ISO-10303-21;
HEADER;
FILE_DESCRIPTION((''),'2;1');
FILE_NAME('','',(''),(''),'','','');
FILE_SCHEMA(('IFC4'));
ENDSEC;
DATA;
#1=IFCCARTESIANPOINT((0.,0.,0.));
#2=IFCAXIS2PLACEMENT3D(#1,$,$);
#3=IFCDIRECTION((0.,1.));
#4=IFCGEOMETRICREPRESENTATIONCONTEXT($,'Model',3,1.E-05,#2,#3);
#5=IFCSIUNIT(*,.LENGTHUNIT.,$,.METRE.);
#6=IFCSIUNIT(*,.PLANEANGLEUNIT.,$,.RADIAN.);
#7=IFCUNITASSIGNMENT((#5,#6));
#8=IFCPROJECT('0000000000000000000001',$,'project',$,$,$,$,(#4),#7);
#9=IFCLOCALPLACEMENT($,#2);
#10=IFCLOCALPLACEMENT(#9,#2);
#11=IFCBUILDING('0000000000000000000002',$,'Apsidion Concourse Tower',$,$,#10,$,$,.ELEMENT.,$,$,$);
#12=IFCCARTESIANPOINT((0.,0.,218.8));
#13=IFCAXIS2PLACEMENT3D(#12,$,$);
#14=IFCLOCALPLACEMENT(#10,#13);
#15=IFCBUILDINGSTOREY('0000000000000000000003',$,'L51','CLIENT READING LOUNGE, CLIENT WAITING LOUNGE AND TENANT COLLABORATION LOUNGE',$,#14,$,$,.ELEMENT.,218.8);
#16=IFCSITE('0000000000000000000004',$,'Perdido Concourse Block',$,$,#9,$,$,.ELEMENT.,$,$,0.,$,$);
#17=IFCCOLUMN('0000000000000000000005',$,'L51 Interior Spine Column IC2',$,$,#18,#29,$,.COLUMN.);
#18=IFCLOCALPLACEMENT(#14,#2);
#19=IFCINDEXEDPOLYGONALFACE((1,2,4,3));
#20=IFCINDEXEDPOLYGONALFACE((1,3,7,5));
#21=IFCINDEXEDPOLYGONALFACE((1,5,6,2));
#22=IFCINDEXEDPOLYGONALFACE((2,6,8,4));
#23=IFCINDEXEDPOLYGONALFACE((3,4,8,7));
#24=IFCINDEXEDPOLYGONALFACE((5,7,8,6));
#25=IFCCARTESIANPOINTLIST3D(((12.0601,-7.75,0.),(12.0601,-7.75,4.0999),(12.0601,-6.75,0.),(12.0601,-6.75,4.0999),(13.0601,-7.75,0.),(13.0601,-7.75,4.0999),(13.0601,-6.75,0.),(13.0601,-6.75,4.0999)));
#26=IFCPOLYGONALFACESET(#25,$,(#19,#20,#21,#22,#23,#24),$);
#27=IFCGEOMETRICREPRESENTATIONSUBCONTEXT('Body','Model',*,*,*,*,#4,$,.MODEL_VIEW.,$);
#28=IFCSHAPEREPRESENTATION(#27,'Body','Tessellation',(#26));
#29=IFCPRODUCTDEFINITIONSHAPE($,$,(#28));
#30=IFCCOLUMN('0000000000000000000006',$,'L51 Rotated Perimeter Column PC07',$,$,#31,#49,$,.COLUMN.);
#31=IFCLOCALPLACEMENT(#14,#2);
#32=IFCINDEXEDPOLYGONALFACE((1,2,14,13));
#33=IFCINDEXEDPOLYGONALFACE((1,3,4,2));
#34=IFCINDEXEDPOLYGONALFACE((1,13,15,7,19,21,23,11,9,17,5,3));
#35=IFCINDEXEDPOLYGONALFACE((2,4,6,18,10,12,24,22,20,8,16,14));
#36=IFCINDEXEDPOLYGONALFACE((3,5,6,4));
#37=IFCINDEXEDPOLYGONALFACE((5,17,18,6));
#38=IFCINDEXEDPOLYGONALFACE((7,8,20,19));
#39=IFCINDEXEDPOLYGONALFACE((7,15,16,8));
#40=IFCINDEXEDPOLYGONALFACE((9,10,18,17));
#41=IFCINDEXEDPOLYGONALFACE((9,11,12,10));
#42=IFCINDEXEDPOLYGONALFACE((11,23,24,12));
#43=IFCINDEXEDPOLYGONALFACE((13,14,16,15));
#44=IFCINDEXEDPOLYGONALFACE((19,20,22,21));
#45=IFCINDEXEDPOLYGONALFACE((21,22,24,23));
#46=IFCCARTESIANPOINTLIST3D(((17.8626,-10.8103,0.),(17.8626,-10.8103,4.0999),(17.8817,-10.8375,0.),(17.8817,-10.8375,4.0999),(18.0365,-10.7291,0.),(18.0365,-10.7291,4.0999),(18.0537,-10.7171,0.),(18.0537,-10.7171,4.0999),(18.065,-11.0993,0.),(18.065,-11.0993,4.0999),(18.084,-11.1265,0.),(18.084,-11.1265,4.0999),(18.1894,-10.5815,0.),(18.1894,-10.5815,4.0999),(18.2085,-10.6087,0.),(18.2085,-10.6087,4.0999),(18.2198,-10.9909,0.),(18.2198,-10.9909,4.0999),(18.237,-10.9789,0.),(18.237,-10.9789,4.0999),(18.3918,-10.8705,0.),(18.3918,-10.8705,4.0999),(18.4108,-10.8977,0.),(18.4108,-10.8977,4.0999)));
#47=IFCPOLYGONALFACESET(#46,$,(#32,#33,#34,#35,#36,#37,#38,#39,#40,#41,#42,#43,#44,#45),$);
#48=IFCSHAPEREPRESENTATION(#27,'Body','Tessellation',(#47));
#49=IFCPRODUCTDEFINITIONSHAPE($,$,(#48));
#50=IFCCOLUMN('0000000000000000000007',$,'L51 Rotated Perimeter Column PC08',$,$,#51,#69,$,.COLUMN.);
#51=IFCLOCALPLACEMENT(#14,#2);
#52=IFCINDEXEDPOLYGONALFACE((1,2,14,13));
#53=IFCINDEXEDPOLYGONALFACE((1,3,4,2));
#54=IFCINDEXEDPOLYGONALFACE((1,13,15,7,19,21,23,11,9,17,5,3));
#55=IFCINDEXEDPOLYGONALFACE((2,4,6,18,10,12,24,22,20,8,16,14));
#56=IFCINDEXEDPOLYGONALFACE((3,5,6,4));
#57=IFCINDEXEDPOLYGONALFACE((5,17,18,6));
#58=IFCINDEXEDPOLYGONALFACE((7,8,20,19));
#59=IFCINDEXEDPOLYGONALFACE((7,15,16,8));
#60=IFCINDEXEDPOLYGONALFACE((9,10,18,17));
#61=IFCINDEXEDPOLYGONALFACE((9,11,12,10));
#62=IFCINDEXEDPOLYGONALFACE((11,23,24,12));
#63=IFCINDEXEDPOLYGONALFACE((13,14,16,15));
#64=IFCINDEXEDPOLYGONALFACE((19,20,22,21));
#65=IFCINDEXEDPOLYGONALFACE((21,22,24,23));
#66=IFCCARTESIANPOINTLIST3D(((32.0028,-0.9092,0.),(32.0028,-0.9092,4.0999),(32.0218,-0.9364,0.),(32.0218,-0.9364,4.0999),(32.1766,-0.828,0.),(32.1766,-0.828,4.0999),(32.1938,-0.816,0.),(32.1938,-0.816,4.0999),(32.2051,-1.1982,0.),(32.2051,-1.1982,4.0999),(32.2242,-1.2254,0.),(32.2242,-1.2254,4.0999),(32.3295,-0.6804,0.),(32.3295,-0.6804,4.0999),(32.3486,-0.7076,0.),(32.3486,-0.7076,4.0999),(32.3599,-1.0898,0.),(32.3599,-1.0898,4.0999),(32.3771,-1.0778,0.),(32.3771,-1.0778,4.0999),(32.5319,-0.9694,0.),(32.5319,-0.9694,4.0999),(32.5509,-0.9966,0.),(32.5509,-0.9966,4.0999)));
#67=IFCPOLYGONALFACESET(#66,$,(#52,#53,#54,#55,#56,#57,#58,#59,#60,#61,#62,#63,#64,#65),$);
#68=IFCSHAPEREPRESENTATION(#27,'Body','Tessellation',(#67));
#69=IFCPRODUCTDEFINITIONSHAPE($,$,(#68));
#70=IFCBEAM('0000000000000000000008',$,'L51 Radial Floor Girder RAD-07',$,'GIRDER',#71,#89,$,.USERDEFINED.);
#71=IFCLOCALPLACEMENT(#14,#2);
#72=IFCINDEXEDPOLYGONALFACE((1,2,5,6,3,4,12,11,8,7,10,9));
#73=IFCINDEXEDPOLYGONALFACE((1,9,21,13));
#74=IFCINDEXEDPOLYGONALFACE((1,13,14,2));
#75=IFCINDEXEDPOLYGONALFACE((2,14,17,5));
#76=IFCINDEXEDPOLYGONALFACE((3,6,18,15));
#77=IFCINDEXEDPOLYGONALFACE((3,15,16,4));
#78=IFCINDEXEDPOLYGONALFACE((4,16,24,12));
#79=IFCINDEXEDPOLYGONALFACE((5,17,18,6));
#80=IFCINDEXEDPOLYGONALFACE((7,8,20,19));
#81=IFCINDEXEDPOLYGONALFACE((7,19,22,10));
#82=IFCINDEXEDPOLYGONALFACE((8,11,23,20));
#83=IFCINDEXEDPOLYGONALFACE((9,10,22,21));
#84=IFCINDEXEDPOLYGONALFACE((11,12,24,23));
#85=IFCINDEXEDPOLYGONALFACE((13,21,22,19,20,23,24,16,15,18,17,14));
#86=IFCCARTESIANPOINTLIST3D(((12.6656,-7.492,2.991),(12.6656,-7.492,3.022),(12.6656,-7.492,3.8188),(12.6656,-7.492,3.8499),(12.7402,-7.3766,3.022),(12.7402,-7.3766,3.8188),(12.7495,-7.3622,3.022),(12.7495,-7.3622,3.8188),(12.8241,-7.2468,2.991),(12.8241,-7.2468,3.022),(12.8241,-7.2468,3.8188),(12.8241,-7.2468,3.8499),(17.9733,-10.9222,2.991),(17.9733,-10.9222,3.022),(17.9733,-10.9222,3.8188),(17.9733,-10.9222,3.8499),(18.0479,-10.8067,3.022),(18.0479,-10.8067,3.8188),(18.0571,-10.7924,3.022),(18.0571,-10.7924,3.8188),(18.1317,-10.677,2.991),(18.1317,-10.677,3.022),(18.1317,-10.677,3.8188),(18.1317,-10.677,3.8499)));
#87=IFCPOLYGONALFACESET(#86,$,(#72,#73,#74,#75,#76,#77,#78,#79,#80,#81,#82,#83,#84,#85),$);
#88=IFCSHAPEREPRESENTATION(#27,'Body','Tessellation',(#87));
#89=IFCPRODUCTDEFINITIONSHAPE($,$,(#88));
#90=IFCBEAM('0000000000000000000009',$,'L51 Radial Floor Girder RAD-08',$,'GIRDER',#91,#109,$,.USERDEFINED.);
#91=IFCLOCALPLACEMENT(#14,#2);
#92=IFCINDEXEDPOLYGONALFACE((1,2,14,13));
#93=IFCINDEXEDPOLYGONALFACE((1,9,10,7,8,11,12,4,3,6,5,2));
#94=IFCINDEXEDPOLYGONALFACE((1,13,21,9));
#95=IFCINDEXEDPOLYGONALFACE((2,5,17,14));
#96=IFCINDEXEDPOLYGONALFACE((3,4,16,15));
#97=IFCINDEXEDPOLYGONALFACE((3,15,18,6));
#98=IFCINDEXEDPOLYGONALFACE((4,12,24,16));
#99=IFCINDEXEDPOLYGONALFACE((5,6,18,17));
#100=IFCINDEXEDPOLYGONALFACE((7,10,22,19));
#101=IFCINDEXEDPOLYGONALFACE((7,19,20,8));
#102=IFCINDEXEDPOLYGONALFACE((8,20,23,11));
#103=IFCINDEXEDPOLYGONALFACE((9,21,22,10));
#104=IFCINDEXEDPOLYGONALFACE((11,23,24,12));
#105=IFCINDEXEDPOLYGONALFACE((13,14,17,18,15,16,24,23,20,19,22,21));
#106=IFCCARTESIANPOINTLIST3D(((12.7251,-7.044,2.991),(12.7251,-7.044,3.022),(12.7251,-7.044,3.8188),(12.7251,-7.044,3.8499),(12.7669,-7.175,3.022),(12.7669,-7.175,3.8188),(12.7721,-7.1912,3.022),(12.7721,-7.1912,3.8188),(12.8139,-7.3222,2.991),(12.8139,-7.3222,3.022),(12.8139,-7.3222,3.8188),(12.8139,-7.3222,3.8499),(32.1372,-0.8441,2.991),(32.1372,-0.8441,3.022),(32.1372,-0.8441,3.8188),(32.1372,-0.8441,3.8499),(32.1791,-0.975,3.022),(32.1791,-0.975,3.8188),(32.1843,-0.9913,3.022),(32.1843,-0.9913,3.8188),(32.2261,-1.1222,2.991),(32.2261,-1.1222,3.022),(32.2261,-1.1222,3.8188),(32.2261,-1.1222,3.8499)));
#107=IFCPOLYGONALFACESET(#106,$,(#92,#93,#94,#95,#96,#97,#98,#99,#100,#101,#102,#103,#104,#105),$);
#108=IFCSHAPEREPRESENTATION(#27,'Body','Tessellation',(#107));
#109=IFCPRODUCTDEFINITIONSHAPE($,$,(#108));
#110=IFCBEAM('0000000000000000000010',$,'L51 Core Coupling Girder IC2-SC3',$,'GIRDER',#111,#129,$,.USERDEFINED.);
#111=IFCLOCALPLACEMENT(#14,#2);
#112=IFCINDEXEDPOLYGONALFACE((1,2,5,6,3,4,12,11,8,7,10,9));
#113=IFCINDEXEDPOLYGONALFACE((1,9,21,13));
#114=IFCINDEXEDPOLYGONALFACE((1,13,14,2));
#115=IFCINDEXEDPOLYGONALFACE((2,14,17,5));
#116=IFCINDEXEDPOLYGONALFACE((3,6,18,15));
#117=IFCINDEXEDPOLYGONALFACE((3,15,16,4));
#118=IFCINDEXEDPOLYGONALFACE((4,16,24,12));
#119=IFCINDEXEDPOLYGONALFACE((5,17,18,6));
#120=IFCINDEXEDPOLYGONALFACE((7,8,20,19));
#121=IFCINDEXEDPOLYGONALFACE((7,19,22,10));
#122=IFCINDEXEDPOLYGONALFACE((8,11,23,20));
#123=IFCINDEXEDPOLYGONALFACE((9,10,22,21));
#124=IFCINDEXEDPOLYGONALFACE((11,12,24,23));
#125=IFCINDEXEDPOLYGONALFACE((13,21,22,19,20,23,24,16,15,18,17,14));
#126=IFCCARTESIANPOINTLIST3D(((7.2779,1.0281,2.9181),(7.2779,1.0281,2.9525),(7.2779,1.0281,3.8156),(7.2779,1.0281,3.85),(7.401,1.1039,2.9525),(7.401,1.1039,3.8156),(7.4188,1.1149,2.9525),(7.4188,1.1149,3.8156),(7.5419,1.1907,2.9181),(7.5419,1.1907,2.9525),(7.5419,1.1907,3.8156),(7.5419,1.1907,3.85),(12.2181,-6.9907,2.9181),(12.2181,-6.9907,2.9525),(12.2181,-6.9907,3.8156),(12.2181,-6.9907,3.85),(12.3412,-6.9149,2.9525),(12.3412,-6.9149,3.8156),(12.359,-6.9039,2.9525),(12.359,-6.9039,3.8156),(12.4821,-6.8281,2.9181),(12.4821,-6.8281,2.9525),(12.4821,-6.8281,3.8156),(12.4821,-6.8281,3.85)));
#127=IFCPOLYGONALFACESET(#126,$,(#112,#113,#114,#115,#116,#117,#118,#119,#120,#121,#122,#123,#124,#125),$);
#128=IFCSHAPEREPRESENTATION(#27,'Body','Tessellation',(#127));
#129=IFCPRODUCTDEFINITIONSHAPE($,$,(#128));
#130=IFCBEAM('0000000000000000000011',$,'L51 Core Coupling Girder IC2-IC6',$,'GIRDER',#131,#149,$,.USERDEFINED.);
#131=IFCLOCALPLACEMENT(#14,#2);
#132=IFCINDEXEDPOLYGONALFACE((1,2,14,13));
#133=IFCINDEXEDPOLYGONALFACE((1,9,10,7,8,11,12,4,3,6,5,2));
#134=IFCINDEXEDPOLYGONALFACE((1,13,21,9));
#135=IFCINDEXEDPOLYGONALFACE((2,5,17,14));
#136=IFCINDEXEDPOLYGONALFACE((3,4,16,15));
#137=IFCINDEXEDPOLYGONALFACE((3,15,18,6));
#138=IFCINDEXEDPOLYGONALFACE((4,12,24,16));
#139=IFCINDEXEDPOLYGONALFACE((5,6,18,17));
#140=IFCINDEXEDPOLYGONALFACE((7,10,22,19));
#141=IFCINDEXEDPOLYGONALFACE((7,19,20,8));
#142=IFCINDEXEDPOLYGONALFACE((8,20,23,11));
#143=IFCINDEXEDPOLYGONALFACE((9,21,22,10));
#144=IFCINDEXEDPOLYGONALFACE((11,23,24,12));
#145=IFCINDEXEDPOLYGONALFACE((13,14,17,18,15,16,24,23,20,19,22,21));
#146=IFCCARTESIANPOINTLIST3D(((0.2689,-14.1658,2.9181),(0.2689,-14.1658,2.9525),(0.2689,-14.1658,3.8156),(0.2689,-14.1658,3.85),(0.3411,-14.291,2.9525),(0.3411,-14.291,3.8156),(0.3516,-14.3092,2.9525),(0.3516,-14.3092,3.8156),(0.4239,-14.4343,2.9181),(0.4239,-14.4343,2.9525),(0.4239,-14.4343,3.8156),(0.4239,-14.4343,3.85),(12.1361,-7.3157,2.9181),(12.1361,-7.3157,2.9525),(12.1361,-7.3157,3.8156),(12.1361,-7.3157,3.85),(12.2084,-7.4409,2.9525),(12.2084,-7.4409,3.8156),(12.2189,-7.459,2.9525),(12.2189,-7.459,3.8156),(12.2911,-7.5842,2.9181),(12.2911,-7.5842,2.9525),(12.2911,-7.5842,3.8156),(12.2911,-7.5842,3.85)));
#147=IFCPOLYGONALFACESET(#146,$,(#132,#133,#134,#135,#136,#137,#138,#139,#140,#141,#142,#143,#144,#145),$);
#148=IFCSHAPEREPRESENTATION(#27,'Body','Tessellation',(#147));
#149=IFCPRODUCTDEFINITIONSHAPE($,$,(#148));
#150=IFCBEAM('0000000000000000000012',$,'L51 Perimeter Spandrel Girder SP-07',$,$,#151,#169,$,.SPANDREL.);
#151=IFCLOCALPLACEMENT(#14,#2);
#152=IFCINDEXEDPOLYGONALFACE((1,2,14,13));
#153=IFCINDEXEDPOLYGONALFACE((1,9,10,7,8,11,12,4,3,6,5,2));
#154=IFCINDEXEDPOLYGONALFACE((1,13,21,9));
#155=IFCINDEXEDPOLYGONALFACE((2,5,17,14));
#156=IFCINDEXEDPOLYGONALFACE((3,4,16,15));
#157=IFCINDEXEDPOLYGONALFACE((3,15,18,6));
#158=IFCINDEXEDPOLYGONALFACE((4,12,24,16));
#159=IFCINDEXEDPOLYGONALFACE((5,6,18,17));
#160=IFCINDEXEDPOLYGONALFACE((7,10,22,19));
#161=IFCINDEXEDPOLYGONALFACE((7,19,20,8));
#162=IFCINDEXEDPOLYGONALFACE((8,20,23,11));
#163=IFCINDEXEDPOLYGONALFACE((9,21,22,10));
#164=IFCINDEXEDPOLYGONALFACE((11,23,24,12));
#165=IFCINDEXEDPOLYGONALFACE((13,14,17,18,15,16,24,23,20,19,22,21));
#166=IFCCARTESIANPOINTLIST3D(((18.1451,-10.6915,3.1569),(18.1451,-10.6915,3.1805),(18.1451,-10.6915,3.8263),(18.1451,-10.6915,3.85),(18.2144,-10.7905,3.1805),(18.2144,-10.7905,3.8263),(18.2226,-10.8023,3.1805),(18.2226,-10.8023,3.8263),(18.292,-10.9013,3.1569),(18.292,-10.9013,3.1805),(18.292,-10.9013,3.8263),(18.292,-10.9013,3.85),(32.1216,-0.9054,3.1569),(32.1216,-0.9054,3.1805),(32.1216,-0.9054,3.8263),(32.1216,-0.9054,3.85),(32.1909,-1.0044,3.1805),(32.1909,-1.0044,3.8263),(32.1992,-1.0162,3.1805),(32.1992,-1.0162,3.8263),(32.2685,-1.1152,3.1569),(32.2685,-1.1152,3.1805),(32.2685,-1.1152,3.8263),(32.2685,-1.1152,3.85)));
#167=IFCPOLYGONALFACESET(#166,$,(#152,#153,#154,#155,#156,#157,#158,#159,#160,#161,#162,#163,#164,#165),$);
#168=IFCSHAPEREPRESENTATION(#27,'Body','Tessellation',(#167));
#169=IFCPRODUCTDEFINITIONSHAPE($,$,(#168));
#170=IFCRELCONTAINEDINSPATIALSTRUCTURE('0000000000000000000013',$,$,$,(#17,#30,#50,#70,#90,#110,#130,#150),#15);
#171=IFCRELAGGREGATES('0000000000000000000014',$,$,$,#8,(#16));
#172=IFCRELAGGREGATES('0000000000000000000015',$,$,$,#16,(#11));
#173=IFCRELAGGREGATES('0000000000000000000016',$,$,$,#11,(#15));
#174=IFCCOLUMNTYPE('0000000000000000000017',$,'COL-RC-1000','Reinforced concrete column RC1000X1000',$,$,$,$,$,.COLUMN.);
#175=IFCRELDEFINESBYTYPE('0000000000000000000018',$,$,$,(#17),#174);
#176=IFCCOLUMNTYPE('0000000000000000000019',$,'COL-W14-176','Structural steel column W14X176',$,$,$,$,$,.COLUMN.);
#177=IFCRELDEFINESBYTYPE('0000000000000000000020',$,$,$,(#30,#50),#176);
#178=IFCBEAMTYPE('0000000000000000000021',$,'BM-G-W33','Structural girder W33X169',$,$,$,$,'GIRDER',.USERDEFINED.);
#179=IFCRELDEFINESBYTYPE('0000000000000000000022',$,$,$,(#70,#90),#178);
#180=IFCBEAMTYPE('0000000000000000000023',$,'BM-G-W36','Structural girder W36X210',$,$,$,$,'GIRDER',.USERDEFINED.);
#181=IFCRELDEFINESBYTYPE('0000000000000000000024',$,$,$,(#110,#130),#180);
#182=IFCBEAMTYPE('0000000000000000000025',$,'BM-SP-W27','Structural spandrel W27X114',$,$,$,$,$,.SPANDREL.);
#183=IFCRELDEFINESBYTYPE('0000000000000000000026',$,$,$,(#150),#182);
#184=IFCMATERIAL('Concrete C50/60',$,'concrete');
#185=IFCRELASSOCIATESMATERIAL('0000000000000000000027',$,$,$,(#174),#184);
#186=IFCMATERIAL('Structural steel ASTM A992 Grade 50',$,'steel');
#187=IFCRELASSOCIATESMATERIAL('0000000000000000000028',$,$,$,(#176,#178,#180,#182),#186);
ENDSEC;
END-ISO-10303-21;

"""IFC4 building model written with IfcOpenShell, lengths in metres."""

from ifc_helpers import new_model, si_unit, direction, frame, origin, origin_2d, place, context, subcontext, project, spatial, rectangle, i_section, extrude, material, material_profile, profile_set, type_object, element, save


model = new_model("IFC4")

# Units and contexts
model_context = context("Model", 3, precision=1e-05, world=origin(), true_north=direction((0.0, 1.0)))
body_context = subcontext(model_context, "Body", "Model", "MODEL_VIEW")
ifc_project = project(units=[si_unit("LENGTHUNIT", "METRE"), si_unit("PLANEANGLEUNIT", "RADIAN")], contexts=[model_context])

# Site, building, storey
site_placement = place(None, origin())
site = spatial("IfcSite", under=ifc_project, at=site_placement, Name="Perdido Concourse Block", CompositionType="ELEMENT", RefElevation=0.0)
building_placement = place(site_placement, origin())
building = spatial("IfcBuilding", under=site, at=building_placement, Name="Apsidion Concourse Tower", CompositionType="ELEMENT")
storey_placement = place(building_placement, frame((0.0, 0.0, 218.8)))
storey = spatial("IfcBuildingStorey", under=building, at=storey_placement, Name="L51", Description="CLIENT READING LOUNGE, CLIENT WAITING LOUNGE AND TENANT COLLABORATION LOUNGE", CompositionType="ELEMENT", Elevation=218.8)

# Columns
ifc_material_1 = material(Name="Concrete C50/60", Category="concrete")
ifc_material_profile_1 = material_profile(ifc_material_1, rectangle(XDim=1.0, YDim=1.0, at=origin_2d()), Name="RC 1000x1000")
ifc_profile_set_1 = profile_set([ifc_material_profile_1], Name="Concrete C50/60")
column_type_1 = type_object("IfcColumnType", Name="COL-RC-1000", Description="Reinforced concrete column RC1000X1000", PredefinedType="COLUMN", material=ifc_profile_set_1)
column_placement = place(storey_placement, frame((12.5601, -7.25, 0.0), z_axis=(0.0, 0.0, 1.0), x_axis=(1.0, 0.0, 0.0)))
element("IfcColumn", 1, at=column_placement, inside=storey, type_object=column_type_1, Name="L51 Interior Spine Column IC2", PredefinedType="COLUMN", context=body_context, shape_type="SweptSolid", body=[
    extrude(rectangle(XDim=1.0, YDim=1.0, at=origin_2d()), origin(), (0.0, 0.0, 1.0), 4.0999),
])
ifc_material_2 = material(Name="Structural steel ASTM A992 Grade 50", Category="steel")
ifc_material_profile_2 = material_profile(ifc_material_2, i_section(OverallWidth=0.3989, OverallDepth=0.386, WebThickness=0.021, FlangeThickness=0.0332, at=origin_2d()), Name="W14X176")
ifc_profile_set_2 = profile_set([ifc_material_profile_2], Name="Structural steel ASTM A992 Grade 50")
column_type_2 = type_object("IfcColumnType", Name="COL-W14-176", Description="Structural steel column W14X176", PredefinedType="COLUMN", material=ifc_profile_set_2)
for number, where, z_axis, x_axis, name in (
    (2, (18.1367, -10.854, 0.0), (0.0, 0.0, 1.0), (0.819152, 0.573576, 0.0), "L51 Rotated Perimeter Column PC07"),
    (3, (32.2769, -0.9529, 0.0), (0.0, 0.0, 1.0), (0.819152, 0.573576, 0.0), "L51 Rotated Perimeter Column PC08"),
):
    element("IfcColumn", number, at=place(storey_placement, frame(where, z_axis=z_axis, x_axis=x_axis)), inside=storey, type_object=column_type_2, Name=name, PredefinedType="COLUMN", context=body_context, shape_type="SweptSolid", body=[
        extrude(i_section(OverallWidth=0.3989, OverallDepth=0.386, WebThickness=0.021, FlangeThickness=0.0332, at=origin_2d()), origin(), (0.0, 0.0, 1.0), 4.0999),
    ])

# Beams
ifc_material_profile_3 = material_profile(ifc_material_2, i_section(OverallWidth=0.292, OverallDepth=0.8589, WebThickness=0.0171, FlangeThickness=0.031, at=origin_2d()), Name="W33X169")
ifc_profile_set_3 = profile_set([ifc_material_profile_3], Name="Structural steel ASTM A992 Grade 50")
beam_type_1 = type_object("IfcBeamType", Name="BM-G-W33", Description="Structural girder W33X169", ElementType="GIRDER", PredefinedType="USERDEFINED", material=ifc_profile_set_3)
beam_1_placement = place(storey_placement, frame((12.7449, -7.3694, 3.4204), z_axis=(0.839871, -0.542787, 0.0), x_axis=(0.542787, 0.839871, 0.0)))
element("IfcBeam", 4, at=beam_1_placement, inside=storey, type_object=beam_type_1, Name="L51 Radial Floor Girder RAD-07", ObjectType="GIRDER", PredefinedType="USERDEFINED", context=body_context, shape_type="SweptSolid", body=[
    extrude(i_section(OverallWidth=0.292, OverallDepth=0.8589, WebThickness=0.0171, FlangeThickness=0.031, at=origin_2d()), origin(), (0.0, 0.0, 1.0), 6.3196),
])
beam_2_placement = place(storey_placement, frame((12.7695, -7.1831, 3.4204), z_axis=(0.952594, 0.304245, 0.0), x_axis=(-0.304245, 0.952594, 0.0)))
element("IfcBeam", 5, at=beam_2_placement, inside=storey, type_object=beam_type_1, Name="L51 Radial Floor Girder RAD-08", ObjectType="GIRDER", PredefinedType="USERDEFINED", context=body_context, shape_type="SweptSolid", body=[
    extrude(i_section(OverallWidth=0.292, OverallDepth=0.8589, WebThickness=0.0171, FlangeThickness=0.031, at=origin_2d()), origin(), (0.0, 0.0, 1.0), 20.3782),
])
ifc_material_profile_4 = material_profile(ifc_material_2, i_section(OverallWidth=0.3101, OverallDepth=0.9319, WebThickness=0.021, FlangeThickness=0.0344, at=origin_2d()), Name="W36X210")
ifc_profile_set_4 = profile_set([ifc_material_profile_4], Name="Structural steel ASTM A992 Grade 50")
beam_type_2 = type_object("IfcBeamType", Name="BM-G-W36", Description="Structural girder W36X210", ElementType="GIRDER", PredefinedType="USERDEFINED", material=ifc_profile_set_4)
beam_3_placement = place(storey_placement, frame((12.3501, -6.9094, 3.384), z_axis=(-0.524524, 0.851396, 0.0), x_axis=(-0.851396, -0.524524, 0.0)))
element("IfcBeam", 6, at=beam_3_placement, inside=storey, type_object=beam_type_2, Name="L51 Core Coupling Girder IC2-SC3", ObjectType="GIRDER", PredefinedType="USERDEFINED", context=body_context, shape_type="SweptSolid", body=[
    extrude(i_section(OverallWidth=0.3101, OverallDepth=0.9319, WebThickness=0.021, FlangeThickness=0.0344, at=origin_2d()), origin(), (0.0, 0.0, 1.0), 9.4185),
])
beam_4_placement = place(storey_placement, frame((12.2136, -7.45, 3.384), z_axis=(-0.86607, -0.499922, 0.0), x_axis=(0.499922, -0.86607, 0.0)))
element("IfcBeam", 7, at=beam_4_placement, inside=storey, type_object=beam_type_2, Name="L51 Core Coupling Girder IC2-IC6", ObjectType="GIRDER", PredefinedType="USERDEFINED", context=body_context, shape_type="SweptSolid", body=[
    extrude(i_section(OverallWidth=0.3101, OverallDepth=0.9319, WebThickness=0.021, FlangeThickness=0.0344, at=origin_2d()), origin(), (0.0, 0.0, 1.0), 13.7024),
])
ifc_material_profile_5 = material_profile(ifc_material_2, i_section(OverallWidth=0.2561, OverallDepth=0.6931, WebThickness=0.0144, FlangeThickness=0.0237, at=origin_2d()), Name="W27X114")
ifc_profile_set_5 = profile_set([ifc_material_profile_5], Name="Structural steel ASTM A992 Grade 50")
beam_type_3 = type_object("IfcBeamType", Name="BM-SP-W27", Description="Structural spandrel W27X114", PredefinedType="SPANDREL", material=ifc_profile_set_5)
beam_5_placement = place(storey_placement, frame((18.2185, -10.7964, 3.5034), z_axis=(0.819162, 0.573562, 0.0), x_axis=(-0.573562, 0.819162, 0.0)))
element("IfcBeam", 8, at=beam_5_placement, inside=storey, type_object=beam_type_3, Name="L51 Perimeter Spandrel Girder SP-07", PredefinedType="SPANDREL", context=body_context, shape_type="SweptSolid", body=[
    extrude(i_section(OverallWidth=0.2561, OverallDepth=0.6931, WebThickness=0.0144, FlangeThickness=0.0237, at=origin_2d()), origin(), (0.0, 0.0, 1.0), 17.062),
])

save(model, "model.ifc")
